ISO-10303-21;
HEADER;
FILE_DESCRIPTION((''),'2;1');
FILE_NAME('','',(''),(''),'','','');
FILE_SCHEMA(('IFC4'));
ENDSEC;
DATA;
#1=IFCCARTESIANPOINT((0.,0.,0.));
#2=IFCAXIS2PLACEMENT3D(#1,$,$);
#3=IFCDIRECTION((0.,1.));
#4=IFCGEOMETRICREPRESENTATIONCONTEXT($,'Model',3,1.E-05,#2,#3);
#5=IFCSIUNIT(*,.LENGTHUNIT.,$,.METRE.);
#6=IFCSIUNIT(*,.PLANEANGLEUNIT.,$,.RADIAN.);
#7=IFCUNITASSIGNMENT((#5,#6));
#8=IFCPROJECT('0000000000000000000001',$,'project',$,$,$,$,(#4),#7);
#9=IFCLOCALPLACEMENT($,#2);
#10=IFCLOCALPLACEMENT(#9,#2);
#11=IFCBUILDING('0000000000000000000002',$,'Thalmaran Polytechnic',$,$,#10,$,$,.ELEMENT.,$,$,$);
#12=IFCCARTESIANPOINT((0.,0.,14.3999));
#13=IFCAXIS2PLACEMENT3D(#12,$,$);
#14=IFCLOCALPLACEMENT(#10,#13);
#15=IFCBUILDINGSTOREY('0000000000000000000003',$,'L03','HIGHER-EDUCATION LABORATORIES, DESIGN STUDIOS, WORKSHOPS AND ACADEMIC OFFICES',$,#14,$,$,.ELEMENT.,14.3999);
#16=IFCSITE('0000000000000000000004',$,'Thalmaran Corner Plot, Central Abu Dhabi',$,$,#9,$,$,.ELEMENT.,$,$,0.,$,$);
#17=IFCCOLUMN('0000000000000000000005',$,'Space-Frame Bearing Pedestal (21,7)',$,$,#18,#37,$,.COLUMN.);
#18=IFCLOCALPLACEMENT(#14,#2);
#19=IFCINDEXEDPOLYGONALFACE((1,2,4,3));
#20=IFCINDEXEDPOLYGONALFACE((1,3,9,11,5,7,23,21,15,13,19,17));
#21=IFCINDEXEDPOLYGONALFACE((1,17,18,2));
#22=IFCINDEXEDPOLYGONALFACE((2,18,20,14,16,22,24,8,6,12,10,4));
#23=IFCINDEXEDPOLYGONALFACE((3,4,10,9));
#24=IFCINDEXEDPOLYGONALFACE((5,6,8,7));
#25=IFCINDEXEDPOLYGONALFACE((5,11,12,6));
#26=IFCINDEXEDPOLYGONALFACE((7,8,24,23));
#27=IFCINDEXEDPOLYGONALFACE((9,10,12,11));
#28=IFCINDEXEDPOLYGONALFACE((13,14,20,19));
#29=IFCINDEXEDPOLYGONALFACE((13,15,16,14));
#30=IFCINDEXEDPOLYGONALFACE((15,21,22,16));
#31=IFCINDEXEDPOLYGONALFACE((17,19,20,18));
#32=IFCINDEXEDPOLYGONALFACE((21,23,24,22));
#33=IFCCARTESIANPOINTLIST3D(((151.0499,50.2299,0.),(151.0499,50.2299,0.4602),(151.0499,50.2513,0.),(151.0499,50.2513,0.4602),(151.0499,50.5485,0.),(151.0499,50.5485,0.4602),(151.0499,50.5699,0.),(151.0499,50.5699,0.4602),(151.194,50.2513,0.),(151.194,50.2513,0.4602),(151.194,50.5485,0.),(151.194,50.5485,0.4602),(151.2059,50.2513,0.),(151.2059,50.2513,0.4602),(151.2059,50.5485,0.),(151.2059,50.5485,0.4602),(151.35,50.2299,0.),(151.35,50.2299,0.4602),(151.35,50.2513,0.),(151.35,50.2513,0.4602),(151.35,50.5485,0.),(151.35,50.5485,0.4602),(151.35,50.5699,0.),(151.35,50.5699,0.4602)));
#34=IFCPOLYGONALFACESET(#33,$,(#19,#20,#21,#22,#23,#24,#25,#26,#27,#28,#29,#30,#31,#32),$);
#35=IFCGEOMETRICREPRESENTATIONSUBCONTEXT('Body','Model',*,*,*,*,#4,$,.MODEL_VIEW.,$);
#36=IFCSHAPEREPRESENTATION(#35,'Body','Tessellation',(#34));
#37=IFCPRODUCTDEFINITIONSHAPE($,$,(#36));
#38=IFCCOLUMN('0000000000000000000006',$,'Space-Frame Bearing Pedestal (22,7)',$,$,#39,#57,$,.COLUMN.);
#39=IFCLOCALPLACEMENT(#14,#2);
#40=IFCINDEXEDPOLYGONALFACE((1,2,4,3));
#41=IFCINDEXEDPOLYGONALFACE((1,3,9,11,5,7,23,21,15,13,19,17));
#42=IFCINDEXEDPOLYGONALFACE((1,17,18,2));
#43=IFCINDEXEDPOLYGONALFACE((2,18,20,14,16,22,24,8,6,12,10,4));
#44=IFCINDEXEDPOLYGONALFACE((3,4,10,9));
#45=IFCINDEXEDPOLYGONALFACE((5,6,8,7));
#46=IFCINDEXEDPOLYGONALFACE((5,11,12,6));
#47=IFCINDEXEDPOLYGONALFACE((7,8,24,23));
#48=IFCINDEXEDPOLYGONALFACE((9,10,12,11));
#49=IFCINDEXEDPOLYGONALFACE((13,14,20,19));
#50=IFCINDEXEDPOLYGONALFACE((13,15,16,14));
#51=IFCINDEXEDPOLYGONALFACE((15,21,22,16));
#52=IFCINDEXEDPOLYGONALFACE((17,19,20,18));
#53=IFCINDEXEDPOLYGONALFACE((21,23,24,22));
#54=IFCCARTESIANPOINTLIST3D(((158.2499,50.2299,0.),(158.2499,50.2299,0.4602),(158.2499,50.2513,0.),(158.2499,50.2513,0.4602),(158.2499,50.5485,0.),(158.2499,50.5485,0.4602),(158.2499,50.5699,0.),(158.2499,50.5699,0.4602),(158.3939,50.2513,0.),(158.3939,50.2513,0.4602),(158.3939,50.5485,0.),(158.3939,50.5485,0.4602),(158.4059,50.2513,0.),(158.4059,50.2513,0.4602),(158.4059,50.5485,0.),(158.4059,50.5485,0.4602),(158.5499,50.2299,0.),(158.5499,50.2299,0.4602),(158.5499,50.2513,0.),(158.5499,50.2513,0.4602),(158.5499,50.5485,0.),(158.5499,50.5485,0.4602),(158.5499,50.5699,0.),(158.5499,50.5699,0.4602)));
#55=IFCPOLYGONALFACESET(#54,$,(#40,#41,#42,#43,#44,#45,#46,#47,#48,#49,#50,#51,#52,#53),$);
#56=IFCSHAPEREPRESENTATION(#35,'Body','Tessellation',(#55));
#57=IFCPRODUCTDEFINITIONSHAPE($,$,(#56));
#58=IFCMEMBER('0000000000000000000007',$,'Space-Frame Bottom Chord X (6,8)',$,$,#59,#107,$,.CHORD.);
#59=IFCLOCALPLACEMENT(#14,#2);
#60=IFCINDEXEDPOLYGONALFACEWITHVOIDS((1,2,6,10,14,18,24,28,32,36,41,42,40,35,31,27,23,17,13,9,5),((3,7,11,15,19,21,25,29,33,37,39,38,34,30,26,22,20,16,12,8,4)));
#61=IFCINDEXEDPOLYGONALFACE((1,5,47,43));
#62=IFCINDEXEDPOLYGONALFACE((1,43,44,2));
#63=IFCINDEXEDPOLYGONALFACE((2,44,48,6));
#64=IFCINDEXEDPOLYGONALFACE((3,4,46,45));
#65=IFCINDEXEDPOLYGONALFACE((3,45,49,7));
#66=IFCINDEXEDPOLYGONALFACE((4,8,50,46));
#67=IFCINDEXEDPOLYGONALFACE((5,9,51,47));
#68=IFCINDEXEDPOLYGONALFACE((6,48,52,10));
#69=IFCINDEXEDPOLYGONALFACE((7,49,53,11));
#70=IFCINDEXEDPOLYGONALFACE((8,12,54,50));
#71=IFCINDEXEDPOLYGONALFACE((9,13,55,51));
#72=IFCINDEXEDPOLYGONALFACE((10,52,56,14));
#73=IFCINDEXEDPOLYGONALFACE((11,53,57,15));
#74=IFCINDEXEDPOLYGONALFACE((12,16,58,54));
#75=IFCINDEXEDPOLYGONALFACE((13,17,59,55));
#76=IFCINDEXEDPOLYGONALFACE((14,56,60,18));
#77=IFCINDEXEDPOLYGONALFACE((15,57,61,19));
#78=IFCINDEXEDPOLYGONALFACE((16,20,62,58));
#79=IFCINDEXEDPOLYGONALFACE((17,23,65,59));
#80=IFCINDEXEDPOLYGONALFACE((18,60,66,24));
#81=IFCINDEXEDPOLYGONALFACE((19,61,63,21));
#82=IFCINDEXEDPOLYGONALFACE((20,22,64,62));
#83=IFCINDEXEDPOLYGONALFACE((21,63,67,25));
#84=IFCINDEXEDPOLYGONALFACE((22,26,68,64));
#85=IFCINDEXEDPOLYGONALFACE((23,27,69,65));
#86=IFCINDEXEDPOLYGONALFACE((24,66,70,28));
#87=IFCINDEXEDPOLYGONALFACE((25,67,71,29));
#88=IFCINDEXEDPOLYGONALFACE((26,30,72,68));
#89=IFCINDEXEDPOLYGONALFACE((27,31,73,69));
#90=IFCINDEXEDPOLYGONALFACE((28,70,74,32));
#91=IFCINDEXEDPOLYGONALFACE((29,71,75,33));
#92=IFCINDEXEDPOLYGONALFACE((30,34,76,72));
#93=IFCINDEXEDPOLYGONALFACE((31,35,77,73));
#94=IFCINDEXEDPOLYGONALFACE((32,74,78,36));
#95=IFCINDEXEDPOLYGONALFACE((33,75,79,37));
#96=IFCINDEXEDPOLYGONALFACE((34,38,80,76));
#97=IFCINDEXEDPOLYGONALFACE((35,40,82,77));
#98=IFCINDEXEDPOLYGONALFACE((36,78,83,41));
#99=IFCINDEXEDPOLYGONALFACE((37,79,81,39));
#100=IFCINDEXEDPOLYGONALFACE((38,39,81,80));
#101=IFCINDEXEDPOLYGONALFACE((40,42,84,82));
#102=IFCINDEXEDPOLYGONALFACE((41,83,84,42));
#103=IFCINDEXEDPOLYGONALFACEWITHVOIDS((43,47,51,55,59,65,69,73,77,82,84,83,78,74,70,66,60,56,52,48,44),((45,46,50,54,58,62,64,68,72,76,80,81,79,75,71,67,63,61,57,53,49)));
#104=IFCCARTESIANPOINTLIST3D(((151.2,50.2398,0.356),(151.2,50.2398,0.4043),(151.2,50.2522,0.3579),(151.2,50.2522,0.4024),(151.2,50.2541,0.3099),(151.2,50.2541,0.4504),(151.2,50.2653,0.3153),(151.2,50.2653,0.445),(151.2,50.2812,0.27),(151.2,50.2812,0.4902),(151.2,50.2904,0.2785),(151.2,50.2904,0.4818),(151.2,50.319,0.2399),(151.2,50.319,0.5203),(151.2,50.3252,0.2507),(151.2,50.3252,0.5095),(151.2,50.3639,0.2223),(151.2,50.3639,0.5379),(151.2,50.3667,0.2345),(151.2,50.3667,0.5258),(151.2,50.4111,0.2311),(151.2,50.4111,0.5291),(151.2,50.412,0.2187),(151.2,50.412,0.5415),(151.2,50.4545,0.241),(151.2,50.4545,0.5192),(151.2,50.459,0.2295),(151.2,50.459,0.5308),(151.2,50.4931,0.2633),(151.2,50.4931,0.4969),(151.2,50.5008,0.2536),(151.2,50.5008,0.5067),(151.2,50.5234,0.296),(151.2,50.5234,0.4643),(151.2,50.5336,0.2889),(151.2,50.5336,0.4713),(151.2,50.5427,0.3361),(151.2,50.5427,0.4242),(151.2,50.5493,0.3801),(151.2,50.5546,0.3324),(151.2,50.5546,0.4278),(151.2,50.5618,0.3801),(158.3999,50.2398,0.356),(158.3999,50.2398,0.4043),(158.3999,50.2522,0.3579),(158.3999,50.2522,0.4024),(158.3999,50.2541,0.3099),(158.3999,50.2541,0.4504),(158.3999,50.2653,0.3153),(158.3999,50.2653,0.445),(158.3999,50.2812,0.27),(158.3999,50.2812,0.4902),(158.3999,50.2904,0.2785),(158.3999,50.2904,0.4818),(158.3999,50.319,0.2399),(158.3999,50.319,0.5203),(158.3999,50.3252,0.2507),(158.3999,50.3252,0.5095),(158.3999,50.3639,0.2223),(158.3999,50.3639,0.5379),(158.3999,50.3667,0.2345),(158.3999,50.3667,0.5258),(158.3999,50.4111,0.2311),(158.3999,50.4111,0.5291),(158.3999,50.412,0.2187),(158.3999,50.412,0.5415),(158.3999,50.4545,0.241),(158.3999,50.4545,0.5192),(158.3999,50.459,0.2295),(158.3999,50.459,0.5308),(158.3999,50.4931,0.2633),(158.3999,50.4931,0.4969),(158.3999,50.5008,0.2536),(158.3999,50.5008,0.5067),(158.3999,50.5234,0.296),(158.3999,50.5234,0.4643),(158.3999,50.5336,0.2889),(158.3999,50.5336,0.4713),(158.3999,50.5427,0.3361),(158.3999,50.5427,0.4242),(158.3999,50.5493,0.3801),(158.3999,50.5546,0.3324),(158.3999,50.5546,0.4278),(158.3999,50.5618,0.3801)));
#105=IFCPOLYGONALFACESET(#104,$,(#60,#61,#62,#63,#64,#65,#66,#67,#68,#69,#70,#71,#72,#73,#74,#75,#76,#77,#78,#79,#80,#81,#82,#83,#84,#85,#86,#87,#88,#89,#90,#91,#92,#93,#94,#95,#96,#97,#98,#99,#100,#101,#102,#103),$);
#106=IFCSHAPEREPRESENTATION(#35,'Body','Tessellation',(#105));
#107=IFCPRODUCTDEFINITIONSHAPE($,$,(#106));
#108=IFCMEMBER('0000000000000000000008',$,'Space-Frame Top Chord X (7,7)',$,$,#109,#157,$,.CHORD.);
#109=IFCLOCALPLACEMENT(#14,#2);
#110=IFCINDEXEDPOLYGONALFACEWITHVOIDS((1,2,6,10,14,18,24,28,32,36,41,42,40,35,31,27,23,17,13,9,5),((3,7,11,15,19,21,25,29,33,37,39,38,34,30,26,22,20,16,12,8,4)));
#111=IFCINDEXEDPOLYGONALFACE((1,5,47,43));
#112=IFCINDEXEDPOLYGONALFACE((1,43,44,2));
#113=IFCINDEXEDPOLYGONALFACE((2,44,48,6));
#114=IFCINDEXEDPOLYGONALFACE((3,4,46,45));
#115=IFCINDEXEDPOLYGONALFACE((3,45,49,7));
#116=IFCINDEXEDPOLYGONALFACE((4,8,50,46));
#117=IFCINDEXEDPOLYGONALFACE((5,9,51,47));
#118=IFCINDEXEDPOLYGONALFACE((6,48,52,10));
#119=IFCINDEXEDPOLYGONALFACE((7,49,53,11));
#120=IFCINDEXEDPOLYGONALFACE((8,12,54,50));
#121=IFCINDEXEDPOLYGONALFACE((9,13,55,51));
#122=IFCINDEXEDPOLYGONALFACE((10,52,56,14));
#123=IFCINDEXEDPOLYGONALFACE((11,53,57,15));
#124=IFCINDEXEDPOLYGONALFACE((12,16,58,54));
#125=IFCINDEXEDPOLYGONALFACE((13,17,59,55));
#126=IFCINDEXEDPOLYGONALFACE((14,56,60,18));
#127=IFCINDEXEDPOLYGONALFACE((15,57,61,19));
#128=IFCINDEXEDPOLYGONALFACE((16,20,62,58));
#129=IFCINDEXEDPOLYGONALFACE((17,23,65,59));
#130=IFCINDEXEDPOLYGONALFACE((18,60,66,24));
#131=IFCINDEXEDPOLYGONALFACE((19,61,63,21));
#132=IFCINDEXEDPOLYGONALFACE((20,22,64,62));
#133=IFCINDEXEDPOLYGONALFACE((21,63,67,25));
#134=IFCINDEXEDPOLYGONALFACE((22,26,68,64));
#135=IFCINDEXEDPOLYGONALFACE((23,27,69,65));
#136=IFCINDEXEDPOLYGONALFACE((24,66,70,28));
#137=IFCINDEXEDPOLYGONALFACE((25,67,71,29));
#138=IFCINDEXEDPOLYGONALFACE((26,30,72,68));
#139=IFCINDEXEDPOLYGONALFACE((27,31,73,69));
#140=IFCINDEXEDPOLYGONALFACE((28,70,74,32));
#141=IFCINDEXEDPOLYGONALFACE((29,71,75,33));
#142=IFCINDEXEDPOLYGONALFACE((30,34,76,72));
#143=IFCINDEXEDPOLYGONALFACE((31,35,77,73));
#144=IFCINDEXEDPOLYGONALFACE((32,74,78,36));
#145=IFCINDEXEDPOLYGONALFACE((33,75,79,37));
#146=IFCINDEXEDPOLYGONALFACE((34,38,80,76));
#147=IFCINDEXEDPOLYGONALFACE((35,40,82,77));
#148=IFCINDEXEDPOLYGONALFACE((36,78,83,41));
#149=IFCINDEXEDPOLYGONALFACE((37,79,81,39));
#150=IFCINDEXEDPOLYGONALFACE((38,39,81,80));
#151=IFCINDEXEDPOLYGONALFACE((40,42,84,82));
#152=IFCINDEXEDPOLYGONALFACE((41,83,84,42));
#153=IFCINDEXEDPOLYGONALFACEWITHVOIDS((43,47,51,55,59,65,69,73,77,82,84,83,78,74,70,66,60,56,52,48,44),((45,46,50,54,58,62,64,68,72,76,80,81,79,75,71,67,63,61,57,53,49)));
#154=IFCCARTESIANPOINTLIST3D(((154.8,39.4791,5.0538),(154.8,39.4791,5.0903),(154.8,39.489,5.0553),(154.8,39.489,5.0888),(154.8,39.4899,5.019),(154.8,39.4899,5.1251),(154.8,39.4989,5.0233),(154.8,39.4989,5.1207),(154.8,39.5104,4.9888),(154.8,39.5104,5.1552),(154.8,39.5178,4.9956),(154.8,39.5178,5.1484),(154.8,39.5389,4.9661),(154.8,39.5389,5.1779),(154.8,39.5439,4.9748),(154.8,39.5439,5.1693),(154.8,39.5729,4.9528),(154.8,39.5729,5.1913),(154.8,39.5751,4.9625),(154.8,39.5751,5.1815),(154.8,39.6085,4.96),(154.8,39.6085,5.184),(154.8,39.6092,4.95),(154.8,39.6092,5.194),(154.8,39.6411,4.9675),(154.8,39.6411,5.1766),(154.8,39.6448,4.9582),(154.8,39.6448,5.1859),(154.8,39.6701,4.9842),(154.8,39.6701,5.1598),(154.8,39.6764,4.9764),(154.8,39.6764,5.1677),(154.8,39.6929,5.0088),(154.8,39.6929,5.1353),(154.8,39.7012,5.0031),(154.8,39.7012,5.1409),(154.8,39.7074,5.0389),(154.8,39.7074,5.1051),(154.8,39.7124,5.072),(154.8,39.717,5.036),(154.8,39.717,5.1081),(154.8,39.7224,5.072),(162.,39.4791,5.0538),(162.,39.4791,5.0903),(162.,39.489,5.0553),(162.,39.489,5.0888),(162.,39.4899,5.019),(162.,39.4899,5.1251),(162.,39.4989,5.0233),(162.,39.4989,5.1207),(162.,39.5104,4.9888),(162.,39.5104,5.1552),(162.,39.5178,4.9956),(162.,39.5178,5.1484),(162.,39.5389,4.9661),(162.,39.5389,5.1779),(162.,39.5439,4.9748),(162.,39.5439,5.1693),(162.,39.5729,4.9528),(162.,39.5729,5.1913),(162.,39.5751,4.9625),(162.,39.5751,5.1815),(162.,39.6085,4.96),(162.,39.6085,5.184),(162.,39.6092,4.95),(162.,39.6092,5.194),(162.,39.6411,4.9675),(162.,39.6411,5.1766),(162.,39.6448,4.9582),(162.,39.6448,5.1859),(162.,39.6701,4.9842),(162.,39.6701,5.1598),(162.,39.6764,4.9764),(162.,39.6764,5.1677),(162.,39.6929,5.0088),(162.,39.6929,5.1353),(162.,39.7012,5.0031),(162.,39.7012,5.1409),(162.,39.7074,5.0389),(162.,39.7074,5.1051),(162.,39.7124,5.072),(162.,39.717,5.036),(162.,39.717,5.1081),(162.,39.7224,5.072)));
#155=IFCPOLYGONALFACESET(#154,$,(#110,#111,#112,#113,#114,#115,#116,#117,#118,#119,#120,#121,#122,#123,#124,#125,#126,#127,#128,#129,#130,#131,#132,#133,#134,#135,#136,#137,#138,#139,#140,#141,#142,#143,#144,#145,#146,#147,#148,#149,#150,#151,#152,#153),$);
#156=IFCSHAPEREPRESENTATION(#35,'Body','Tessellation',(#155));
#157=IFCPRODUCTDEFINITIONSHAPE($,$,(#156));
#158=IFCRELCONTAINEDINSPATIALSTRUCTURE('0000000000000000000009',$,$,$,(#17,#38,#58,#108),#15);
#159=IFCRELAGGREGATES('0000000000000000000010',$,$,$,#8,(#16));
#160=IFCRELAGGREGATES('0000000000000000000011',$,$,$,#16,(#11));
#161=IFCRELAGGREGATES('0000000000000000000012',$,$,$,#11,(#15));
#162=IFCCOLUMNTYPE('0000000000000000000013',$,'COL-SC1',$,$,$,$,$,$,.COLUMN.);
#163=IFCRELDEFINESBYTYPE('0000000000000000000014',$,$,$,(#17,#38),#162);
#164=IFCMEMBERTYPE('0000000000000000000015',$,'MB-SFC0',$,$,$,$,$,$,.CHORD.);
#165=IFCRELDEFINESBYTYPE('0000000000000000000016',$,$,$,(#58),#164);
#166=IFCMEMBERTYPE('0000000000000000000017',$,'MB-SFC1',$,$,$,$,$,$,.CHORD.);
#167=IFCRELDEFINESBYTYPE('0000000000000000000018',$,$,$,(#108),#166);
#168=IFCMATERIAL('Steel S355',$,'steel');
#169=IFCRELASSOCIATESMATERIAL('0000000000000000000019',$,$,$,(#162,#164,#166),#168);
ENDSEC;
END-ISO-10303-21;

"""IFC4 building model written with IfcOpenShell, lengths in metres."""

from ifc_helpers import new_model, si_unit, direction, frame, origin, origin_2d, place, context, subcontext, project, spatial, hollow_circle, i_section, extrude, material, material_profile, profile_set, type_object, element, save


model = new_model("IFC4")

# Units and contexts
model_context = context("Model", 3, precision=1e-05, world=origin(), true_north=direction((0.0, 1.0)))
body_context = subcontext(model_context, "Body", "Model", "MODEL_VIEW")
ifc_project = project(units=[si_unit("LENGTHUNIT", "METRE"), si_unit("PLANEANGLEUNIT", "RADIAN")], contexts=[model_context])

# Site, building, storey
site_placement = place(None, origin())
site = spatial("IfcSite", under=ifc_project, at=site_placement, Name="Thalmaran Corner Plot, Central Abu Dhabi", CompositionType="ELEMENT", RefElevation=0.0)
building_placement = place(site_placement, origin())
building = spatial("IfcBuilding", under=site, at=building_placement, Name="Thalmaran Polytechnic", CompositionType="ELEMENT")
storey_placement = place(building_placement, frame((0.0, 0.0, 14.3999)))
storey = spatial("IfcBuildingStorey", under=building, at=storey_placement, Name="L03", Description="HIGHER-EDUCATION LABORATORIES, DESIGN STUDIOS, WORKSHOPS AND ACADEMIC OFFICES", CompositionType="ELEMENT", Elevation=14.3999)

# Columns
ifc_material_1 = material(Name="Steel S355", Category="steel")
ifc_material_profile_1 = material_profile(ifc_material_1, i_section(OverallWidth=0.3, OverallDepth=0.3401, WebThickness=0.012, FlangeThickness=0.0215, at=origin_2d()), Name="HEB 340")
ifc_profile_set_1 = profile_set([ifc_material_profile_1], Name="Steel S355")
column_type = type_object("IfcColumnType", Name="COL-SC1", PredefinedType="COLUMN", material=ifc_profile_set_1)
for number, where, z_axis, x_axis, name in (
    (1, (151.2, 50.3999, 0.0), (0.0, 0.0, 1.0), (1.0, 0.0, 0.0), "Space-Frame Bearing Pedestal (21,7)"),
    (2, (158.3999, 50.3999, 0.0), (0.0, 0.0, 1.0), (1.0, 0.0, 0.0), "Space-Frame Bearing Pedestal (22,7)"),
):
    element("IfcColumn", number, at=place(storey_placement, frame(where, z_axis=z_axis, x_axis=x_axis)), inside=storey, type_object=column_type, Name=name, PredefinedType="COLUMN", context=body_context, shape_type="SweptSolid", body=[
        extrude(i_section(OverallWidth=0.3, OverallDepth=0.3401, WebThickness=0.012, FlangeThickness=0.0215, at=origin_2d()), origin(), (0.0, 0.0, 1.0), 0.4602),
    ])

# Members
ifc_material_profile_2 = material_profile(ifc_material_1, hollow_circle(Radius=0.1619, WallThickness=0.0125, at=origin_2d()), Name="CHS 323.9x12.5")
ifc_profile_set_2 = profile_set([ifc_material_profile_2], Name="Steel S355")
member_type_1 = type_object("IfcMemberType", Name="MB-SFC0", PredefinedType="CHORD", material=ifc_profile_set_2)
member_1_placement = place(storey_placement, frame((151.2, 50.3999, 0.3801), z_axis=(1.0, 0.0, 0.0), x_axis=(0.0, 1.0, 0.0)))
element("IfcMember", 3, at=member_1_placement, inside=storey, type_object=member_type_1, Name="Space-Frame Bottom Chord X (6,8)", PredefinedType="CHORD", context=body_context, shape_type="SweptSolid", body=[
    extrude(hollow_circle(Radius=0.1619, WallThickness=0.0125, at=origin_2d()), origin(), (0.0, 0.0, 1.0), 7.2),
])
ifc_material_profile_3 = material_profile(ifc_material_1, hollow_circle(Radius=0.1223, WallThickness=0.01, at=origin_2d()), Name="CHS 244.5x10.0")
ifc_profile_set_3 = profile_set([ifc_material_profile_3], Name="Steel S355")
member_type_2 = type_object("IfcMemberType", Name="MB-SFC1", PredefinedType="CHORD", material=ifc_profile_set_3)
for number, where, z_axis, x_axis, name in (
    (4, (154.8, 39.6001, 5.072), (1.0, 0.0, 0.0), (0.0, 1.0, 0.0), "Space-Frame Top Chord X (7,7)"),
):
    element("IfcMember", number, at=place(storey_placement, frame(where, z_axis=z_axis, x_axis=x_axis)), inside=storey, type_object=member_type_2, Name=name, PredefinedType="CHORD", context=body_context, shape_type="SweptSolid", body=[
        extrude(hollow_circle(Radius=0.1223, WallThickness=0.01, at=origin_2d()), origin(), (0.0, 0.0, 1.0), 7.2),
    ])

save(model, "model.ifc")
